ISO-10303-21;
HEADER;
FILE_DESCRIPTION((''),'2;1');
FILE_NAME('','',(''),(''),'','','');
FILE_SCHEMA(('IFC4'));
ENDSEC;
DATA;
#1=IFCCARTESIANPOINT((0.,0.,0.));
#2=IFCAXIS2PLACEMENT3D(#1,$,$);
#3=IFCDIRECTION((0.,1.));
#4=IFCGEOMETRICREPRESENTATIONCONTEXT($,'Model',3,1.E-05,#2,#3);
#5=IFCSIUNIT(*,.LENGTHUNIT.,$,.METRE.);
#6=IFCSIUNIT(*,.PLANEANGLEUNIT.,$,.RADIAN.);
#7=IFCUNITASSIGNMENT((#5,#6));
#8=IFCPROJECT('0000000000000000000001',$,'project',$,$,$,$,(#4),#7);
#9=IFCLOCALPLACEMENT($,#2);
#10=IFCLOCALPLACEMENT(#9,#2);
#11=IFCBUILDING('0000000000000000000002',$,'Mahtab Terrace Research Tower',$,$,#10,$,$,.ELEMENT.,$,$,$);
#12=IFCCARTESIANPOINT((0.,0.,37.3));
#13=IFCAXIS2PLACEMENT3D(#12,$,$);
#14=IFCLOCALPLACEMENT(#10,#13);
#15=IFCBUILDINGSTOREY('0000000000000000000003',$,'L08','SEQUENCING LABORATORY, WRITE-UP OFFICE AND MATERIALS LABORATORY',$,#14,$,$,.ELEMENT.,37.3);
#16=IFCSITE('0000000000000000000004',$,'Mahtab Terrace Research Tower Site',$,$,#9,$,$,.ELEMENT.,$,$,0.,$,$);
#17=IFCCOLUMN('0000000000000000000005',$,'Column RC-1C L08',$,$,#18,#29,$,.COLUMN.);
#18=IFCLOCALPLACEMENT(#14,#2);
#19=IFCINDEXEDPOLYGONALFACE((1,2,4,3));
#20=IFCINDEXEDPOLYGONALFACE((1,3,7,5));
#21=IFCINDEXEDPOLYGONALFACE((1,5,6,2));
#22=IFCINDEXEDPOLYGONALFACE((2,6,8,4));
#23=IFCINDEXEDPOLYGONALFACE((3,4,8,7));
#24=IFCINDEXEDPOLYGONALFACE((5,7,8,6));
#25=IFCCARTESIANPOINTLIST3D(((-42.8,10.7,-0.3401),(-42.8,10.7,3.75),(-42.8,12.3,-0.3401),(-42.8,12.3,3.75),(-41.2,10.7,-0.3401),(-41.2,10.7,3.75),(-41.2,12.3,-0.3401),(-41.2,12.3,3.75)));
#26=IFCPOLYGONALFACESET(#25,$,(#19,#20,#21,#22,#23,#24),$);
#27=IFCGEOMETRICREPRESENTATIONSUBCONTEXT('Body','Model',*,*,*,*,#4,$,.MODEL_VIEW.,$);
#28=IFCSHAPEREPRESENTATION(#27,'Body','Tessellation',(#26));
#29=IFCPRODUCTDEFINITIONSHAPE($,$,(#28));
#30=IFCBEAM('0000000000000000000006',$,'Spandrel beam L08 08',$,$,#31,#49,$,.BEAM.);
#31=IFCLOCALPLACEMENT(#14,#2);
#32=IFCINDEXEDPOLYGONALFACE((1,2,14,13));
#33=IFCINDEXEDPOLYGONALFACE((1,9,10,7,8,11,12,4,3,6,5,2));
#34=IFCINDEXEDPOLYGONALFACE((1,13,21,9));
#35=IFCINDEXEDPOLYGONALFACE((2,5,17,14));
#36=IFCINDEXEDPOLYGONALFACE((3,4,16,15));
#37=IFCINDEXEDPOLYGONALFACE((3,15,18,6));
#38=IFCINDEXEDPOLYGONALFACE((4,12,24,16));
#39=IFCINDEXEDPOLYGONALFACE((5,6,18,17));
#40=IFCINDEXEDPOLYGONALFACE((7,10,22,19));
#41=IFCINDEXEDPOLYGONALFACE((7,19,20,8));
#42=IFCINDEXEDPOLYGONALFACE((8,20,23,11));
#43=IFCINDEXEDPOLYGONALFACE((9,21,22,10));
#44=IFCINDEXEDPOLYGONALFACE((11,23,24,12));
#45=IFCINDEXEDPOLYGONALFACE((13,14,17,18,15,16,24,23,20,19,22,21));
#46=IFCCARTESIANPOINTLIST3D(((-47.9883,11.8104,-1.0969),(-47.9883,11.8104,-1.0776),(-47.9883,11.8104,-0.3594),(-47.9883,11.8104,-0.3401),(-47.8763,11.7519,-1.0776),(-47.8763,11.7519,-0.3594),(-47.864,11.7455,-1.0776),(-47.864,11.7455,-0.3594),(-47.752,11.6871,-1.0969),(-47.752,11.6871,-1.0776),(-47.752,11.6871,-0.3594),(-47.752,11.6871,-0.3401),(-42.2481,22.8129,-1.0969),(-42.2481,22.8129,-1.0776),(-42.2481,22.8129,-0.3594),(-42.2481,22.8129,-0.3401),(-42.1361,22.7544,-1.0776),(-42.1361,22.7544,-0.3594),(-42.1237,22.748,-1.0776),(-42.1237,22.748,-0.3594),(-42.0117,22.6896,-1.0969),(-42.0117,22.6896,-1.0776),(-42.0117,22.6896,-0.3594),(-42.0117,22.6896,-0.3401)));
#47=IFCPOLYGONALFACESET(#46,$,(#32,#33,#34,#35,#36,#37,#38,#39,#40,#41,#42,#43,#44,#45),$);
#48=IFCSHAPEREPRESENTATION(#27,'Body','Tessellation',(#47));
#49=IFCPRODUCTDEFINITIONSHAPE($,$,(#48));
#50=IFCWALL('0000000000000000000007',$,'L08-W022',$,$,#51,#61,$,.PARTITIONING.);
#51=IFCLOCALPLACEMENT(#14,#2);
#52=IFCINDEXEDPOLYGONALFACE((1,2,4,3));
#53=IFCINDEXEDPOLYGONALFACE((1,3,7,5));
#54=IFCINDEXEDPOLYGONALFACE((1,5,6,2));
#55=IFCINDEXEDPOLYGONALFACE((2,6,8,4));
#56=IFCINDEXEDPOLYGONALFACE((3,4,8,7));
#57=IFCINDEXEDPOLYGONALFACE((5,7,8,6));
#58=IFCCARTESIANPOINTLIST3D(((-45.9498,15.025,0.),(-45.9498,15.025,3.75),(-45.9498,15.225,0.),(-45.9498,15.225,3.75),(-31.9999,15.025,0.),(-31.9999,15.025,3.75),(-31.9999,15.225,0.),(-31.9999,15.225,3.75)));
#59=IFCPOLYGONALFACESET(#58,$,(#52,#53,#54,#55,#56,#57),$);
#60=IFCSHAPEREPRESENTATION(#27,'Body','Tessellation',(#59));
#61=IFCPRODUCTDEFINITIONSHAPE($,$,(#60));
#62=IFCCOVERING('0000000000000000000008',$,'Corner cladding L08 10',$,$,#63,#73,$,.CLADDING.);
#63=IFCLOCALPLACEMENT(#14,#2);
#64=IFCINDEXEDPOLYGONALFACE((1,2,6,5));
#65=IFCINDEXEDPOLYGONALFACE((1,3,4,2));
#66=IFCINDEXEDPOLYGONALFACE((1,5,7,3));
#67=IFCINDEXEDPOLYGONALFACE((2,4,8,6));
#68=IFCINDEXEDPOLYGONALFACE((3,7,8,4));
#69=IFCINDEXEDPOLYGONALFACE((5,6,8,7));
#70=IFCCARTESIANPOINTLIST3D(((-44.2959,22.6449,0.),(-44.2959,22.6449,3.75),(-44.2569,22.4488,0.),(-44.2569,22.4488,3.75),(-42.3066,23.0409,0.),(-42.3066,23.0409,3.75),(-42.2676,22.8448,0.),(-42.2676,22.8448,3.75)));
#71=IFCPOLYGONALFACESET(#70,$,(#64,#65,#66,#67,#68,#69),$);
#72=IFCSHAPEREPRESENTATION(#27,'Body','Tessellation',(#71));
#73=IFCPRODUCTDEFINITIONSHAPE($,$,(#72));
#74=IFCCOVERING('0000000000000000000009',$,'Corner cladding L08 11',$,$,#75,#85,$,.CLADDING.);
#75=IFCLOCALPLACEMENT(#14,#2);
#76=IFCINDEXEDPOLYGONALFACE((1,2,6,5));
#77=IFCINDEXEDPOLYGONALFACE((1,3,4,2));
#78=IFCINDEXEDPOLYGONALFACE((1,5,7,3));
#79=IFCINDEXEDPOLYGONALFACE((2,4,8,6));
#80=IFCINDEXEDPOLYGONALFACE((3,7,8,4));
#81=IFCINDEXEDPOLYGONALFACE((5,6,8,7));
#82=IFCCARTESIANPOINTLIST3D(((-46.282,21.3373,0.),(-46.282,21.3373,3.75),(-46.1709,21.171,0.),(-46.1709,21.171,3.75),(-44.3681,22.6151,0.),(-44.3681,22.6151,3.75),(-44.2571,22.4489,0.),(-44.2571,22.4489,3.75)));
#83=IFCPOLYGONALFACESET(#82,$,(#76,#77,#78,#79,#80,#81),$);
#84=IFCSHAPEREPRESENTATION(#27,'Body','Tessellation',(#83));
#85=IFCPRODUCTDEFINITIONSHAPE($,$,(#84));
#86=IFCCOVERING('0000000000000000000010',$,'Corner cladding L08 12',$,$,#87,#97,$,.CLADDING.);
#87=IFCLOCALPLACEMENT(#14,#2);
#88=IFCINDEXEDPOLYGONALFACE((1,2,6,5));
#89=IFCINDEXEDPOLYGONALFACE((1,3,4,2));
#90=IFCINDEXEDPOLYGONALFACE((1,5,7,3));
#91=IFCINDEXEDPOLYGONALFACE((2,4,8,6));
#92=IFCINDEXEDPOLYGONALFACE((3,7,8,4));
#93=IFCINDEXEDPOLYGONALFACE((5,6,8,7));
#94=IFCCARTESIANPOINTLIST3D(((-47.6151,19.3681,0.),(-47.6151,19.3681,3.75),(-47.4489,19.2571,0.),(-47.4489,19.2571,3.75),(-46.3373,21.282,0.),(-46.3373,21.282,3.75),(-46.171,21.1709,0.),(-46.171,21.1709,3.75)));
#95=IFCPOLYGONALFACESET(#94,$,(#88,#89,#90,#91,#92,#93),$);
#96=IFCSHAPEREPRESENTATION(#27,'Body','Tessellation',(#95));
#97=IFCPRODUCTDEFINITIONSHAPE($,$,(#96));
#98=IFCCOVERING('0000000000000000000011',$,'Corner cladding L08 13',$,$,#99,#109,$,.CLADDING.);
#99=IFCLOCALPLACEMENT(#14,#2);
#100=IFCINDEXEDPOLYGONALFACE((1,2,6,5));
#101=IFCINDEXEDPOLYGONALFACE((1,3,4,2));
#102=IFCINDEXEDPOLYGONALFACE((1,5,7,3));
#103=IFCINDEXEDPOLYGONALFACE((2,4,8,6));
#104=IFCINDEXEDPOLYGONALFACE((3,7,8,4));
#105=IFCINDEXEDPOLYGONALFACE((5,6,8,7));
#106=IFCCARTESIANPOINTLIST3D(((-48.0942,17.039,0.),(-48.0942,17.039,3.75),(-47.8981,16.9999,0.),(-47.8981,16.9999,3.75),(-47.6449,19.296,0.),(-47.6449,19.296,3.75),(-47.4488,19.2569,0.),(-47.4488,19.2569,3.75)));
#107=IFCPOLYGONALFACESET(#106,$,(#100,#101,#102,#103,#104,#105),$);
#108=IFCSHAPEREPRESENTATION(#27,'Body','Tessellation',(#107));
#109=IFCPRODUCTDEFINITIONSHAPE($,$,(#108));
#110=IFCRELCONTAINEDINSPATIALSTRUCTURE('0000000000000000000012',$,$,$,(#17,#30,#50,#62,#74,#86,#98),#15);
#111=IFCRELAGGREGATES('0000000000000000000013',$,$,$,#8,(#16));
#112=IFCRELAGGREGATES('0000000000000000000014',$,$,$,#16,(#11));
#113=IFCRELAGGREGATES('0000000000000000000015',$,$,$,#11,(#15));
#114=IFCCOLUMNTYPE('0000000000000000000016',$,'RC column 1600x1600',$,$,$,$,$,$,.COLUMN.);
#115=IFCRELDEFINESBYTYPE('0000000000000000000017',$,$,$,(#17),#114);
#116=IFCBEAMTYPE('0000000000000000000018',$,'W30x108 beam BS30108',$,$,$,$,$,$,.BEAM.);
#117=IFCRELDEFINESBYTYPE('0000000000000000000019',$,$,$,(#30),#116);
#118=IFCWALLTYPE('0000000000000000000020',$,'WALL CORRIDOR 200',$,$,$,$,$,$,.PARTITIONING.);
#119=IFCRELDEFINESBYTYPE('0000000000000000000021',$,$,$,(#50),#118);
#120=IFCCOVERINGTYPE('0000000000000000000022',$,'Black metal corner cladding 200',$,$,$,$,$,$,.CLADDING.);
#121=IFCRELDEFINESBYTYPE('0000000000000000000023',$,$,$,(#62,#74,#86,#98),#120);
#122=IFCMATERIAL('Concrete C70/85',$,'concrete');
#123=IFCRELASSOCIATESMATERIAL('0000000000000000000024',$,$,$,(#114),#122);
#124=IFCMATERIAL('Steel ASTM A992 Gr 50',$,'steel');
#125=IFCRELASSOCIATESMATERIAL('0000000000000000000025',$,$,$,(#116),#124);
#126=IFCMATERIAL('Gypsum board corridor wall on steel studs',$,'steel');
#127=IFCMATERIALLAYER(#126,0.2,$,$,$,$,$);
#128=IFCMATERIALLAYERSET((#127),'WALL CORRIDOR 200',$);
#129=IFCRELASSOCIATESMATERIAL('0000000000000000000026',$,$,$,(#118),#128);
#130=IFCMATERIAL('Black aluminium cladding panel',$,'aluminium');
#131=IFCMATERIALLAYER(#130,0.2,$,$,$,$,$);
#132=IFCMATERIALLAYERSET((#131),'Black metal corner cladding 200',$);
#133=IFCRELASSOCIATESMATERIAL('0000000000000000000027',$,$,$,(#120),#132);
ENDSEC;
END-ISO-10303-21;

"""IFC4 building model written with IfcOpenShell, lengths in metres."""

from ifc_helpers import new_model, si_unit, direction, frame, frame_2d, origin, origin_2d, place, context, subcontext, project, spatial, rectangle, i_section, extrude, material, layer, layer_set, material_profile, profile_set, type_object, element, save


model = new_model("IFC4")

# Units and contexts
model_context = context("Model", 3, precision=1e-05, world=origin(), true_north=direction((0.0, 1.0)))
body_context = subcontext(model_context, "Body", "Model", "MODEL_VIEW")
ifc_project = project(units=[si_unit("LENGTHUNIT", "METRE"), si_unit("PLANEANGLEUNIT", "RADIAN")], contexts=[model_context])

# Site, building, storey
site_placement = place(None, origin())
site = spatial("IfcSite", under=ifc_project, at=site_placement, Name="Mahtab Terrace Research Tower Site", CompositionType="ELEMENT", RefElevation=0.0)
building_placement = place(site_placement, origin())
building = spatial("IfcBuilding", under=site, at=building_placement, Name="Mahtab Terrace Research Tower", CompositionType="ELEMENT")
storey_placement = place(building_placement, frame((0.0, 0.0, 37.3)))
storey = spatial("IfcBuildingStorey", under=building, at=storey_placement, Name="L08", Description="SEQUENCING LABORATORY, WRITE-UP OFFICE AND MATERIALS LABORATORY", CompositionType="ELEMENT", Elevation=37.3)

# Column
ifc_material_1 = material(Name="Concrete C70/85", Category="concrete")
ifc_material_profile_1 = material_profile(ifc_material_1, rectangle(XDim=1.6001, YDim=1.6001, at=origin_2d()), Name="RC column 1600x1600")
ifc_profile_set_1 = profile_set([ifc_material_profile_1], Name="Concrete C70/85")
column_type = type_object("IfcColumnType", Name="RC column 1600x1600", PredefinedType="COLUMN", material=ifc_profile_set_1)
column_placement = place(storey_placement, frame((-42.0, 11.5, -0.3401), z_axis=(0.0, 0.0, 1.0), x_axis=(1.0, 0.0, 0.0)))
element("IfcColumn", 1, at=column_placement, inside=storey, type_object=column_type, Name="Column RC-1C L08", PredefinedType="COLUMN", context=body_context, shape_type="SweptSolid", body=[
    extrude(rectangle(XDim=1.6001, YDim=1.6001, at=origin_2d()), origin(), (0.0, 0.0, 1.0), 4.0901),
])

# Beam
ifc_material_2 = material(Name="Steel ASTM A992 Gr 50", Category="steel")
ifc_material_profile_2 = material_profile(ifc_material_2, i_section(OverallWidth=0.2666, OverallDepth=0.7568, WebThickness=0.0139, FlangeThickness=0.0193, at=origin_2d()), Name="W30X108")
ifc_profile_set_2 = profile_set([ifc_material_profile_2], Name="Steel ASTM A992 Gr 50")
beam_type = type_object("IfcBeamType", Name="W30x108 beam BS30108", PredefinedType="BEAM", material=ifc_profile_set_2)
beam_placement = place(storey_placement, frame((-42.1299, 22.7512, -0.7185), z_axis=(-0.462555, -0.88659, 0.0), x_axis=(0.88659, -0.462555, 0.0)))
element("IfcBeam", 2, at=beam_placement, inside=storey, type_object=beam_type, Name="Spandrel beam L08 08", PredefinedType="BEAM", context=body_context, shape_type="SweptSolid", body=[
    extrude(i_section(OverallWidth=0.2666, OverallDepth=0.7568, WebThickness=0.0139, FlangeThickness=0.0193, at=origin_2d()), origin(), (0.0, 0.0, 1.0), 12.4099),
])

# Wall
ifc_material_3 = material(Name="Gypsum board corridor wall on steel studs", Category="steel")
ifc_layer_1 = layer(ifc_material_3, 0.2)
ifc_layer_set_1 = layer_set([ifc_layer_1], Name="WALL CORRIDOR 200")
wall_type = type_object("IfcWallType", Name="WALL CORRIDOR 200", PredefinedType="PARTITIONING", material=ifc_layer_set_1)
wall_1_placement = place(storey_placement, frame((-45.95, 15.125, 0.0), z_axis=(0.0, 0.0, 1.0), x_axis=(1.0, 0.0, 0.0)))
element("IfcWall", 3, at=wall_1_placement, inside=storey, type_object=wall_type, Name="L08-W022", PredefinedType="PARTITIONING", context=body_context, shape_type="SweptSolid", body=[
    extrude(rectangle(XDim=13.95, YDim=0.2, at=frame_2d((6.9751, 0.0))), origin(), (0.0, 0.0, 1.0), 3.75),
])

# Coverings
ifc_material_4 = material(Name="Black aluminium cladding panel", Category="aluminium")
ifc_layer_2 = layer(ifc_material_4, 0.2)
ifc_layer_set_2 = layer_set([ifc_layer_2], Name="Black metal corner cladding 200")
covering_type = type_object("IfcCoveringType", Name="Black metal corner cladding 200", PredefinedType="CLADDING", material=ifc_layer_set_2)
covering_placement = place(storey_placement, frame((-43.2817, 22.7449, 0.0), z_axis=(0.0, 0.0, 1.0), x_axis=(-0.980761, -0.195212, 0.0)))
element("IfcCovering", 4, at=covering_placement, inside=storey, type_object=covering_type, Name="Corner cladding L08 10", PredefinedType="CLADDING", context=body_context, shape_type="SweptSolid", body=[
    extrude(rectangle(XDim=2.0283, YDim=0.2, at=origin_2d()), origin(), (0.0, 0.0, 1.0), 3.75),
])
for number, where, z_axis, x_axis, name in (
    (5, (-45.2695, 21.8931, 0.0), (0.0, 0.0, 1.0), (-0.831656, -0.555291, 0.0), "Corner cladding L08 11"),
    (6, (-46.8931, 20.2695, 0.0), (0.0, 0.0, 1.0), (-0.555291, -0.831656, 0.0), "Corner cladding L08 12"),
    (7, (-47.7715, 18.1479, 0.0), (0.0, 0.0, 1.0), (-0.195212, -0.980761, 0.0), "Corner cladding L08 13"),
):
    element("IfcCovering", number, at=place(storey_placement, frame(where, z_axis=z_axis, x_axis=x_axis)), inside=storey, type_object=covering_type, Name=name, PredefinedType="CLADDING", context=body_context, shape_type="SweptSolid", body=[
        extrude(rectangle(XDim=2.3013, YDim=0.2, at=origin_2d()), origin(), (0.0, 0.0, 1.0), 3.75),
    ])

save(model, "model.ifc")
